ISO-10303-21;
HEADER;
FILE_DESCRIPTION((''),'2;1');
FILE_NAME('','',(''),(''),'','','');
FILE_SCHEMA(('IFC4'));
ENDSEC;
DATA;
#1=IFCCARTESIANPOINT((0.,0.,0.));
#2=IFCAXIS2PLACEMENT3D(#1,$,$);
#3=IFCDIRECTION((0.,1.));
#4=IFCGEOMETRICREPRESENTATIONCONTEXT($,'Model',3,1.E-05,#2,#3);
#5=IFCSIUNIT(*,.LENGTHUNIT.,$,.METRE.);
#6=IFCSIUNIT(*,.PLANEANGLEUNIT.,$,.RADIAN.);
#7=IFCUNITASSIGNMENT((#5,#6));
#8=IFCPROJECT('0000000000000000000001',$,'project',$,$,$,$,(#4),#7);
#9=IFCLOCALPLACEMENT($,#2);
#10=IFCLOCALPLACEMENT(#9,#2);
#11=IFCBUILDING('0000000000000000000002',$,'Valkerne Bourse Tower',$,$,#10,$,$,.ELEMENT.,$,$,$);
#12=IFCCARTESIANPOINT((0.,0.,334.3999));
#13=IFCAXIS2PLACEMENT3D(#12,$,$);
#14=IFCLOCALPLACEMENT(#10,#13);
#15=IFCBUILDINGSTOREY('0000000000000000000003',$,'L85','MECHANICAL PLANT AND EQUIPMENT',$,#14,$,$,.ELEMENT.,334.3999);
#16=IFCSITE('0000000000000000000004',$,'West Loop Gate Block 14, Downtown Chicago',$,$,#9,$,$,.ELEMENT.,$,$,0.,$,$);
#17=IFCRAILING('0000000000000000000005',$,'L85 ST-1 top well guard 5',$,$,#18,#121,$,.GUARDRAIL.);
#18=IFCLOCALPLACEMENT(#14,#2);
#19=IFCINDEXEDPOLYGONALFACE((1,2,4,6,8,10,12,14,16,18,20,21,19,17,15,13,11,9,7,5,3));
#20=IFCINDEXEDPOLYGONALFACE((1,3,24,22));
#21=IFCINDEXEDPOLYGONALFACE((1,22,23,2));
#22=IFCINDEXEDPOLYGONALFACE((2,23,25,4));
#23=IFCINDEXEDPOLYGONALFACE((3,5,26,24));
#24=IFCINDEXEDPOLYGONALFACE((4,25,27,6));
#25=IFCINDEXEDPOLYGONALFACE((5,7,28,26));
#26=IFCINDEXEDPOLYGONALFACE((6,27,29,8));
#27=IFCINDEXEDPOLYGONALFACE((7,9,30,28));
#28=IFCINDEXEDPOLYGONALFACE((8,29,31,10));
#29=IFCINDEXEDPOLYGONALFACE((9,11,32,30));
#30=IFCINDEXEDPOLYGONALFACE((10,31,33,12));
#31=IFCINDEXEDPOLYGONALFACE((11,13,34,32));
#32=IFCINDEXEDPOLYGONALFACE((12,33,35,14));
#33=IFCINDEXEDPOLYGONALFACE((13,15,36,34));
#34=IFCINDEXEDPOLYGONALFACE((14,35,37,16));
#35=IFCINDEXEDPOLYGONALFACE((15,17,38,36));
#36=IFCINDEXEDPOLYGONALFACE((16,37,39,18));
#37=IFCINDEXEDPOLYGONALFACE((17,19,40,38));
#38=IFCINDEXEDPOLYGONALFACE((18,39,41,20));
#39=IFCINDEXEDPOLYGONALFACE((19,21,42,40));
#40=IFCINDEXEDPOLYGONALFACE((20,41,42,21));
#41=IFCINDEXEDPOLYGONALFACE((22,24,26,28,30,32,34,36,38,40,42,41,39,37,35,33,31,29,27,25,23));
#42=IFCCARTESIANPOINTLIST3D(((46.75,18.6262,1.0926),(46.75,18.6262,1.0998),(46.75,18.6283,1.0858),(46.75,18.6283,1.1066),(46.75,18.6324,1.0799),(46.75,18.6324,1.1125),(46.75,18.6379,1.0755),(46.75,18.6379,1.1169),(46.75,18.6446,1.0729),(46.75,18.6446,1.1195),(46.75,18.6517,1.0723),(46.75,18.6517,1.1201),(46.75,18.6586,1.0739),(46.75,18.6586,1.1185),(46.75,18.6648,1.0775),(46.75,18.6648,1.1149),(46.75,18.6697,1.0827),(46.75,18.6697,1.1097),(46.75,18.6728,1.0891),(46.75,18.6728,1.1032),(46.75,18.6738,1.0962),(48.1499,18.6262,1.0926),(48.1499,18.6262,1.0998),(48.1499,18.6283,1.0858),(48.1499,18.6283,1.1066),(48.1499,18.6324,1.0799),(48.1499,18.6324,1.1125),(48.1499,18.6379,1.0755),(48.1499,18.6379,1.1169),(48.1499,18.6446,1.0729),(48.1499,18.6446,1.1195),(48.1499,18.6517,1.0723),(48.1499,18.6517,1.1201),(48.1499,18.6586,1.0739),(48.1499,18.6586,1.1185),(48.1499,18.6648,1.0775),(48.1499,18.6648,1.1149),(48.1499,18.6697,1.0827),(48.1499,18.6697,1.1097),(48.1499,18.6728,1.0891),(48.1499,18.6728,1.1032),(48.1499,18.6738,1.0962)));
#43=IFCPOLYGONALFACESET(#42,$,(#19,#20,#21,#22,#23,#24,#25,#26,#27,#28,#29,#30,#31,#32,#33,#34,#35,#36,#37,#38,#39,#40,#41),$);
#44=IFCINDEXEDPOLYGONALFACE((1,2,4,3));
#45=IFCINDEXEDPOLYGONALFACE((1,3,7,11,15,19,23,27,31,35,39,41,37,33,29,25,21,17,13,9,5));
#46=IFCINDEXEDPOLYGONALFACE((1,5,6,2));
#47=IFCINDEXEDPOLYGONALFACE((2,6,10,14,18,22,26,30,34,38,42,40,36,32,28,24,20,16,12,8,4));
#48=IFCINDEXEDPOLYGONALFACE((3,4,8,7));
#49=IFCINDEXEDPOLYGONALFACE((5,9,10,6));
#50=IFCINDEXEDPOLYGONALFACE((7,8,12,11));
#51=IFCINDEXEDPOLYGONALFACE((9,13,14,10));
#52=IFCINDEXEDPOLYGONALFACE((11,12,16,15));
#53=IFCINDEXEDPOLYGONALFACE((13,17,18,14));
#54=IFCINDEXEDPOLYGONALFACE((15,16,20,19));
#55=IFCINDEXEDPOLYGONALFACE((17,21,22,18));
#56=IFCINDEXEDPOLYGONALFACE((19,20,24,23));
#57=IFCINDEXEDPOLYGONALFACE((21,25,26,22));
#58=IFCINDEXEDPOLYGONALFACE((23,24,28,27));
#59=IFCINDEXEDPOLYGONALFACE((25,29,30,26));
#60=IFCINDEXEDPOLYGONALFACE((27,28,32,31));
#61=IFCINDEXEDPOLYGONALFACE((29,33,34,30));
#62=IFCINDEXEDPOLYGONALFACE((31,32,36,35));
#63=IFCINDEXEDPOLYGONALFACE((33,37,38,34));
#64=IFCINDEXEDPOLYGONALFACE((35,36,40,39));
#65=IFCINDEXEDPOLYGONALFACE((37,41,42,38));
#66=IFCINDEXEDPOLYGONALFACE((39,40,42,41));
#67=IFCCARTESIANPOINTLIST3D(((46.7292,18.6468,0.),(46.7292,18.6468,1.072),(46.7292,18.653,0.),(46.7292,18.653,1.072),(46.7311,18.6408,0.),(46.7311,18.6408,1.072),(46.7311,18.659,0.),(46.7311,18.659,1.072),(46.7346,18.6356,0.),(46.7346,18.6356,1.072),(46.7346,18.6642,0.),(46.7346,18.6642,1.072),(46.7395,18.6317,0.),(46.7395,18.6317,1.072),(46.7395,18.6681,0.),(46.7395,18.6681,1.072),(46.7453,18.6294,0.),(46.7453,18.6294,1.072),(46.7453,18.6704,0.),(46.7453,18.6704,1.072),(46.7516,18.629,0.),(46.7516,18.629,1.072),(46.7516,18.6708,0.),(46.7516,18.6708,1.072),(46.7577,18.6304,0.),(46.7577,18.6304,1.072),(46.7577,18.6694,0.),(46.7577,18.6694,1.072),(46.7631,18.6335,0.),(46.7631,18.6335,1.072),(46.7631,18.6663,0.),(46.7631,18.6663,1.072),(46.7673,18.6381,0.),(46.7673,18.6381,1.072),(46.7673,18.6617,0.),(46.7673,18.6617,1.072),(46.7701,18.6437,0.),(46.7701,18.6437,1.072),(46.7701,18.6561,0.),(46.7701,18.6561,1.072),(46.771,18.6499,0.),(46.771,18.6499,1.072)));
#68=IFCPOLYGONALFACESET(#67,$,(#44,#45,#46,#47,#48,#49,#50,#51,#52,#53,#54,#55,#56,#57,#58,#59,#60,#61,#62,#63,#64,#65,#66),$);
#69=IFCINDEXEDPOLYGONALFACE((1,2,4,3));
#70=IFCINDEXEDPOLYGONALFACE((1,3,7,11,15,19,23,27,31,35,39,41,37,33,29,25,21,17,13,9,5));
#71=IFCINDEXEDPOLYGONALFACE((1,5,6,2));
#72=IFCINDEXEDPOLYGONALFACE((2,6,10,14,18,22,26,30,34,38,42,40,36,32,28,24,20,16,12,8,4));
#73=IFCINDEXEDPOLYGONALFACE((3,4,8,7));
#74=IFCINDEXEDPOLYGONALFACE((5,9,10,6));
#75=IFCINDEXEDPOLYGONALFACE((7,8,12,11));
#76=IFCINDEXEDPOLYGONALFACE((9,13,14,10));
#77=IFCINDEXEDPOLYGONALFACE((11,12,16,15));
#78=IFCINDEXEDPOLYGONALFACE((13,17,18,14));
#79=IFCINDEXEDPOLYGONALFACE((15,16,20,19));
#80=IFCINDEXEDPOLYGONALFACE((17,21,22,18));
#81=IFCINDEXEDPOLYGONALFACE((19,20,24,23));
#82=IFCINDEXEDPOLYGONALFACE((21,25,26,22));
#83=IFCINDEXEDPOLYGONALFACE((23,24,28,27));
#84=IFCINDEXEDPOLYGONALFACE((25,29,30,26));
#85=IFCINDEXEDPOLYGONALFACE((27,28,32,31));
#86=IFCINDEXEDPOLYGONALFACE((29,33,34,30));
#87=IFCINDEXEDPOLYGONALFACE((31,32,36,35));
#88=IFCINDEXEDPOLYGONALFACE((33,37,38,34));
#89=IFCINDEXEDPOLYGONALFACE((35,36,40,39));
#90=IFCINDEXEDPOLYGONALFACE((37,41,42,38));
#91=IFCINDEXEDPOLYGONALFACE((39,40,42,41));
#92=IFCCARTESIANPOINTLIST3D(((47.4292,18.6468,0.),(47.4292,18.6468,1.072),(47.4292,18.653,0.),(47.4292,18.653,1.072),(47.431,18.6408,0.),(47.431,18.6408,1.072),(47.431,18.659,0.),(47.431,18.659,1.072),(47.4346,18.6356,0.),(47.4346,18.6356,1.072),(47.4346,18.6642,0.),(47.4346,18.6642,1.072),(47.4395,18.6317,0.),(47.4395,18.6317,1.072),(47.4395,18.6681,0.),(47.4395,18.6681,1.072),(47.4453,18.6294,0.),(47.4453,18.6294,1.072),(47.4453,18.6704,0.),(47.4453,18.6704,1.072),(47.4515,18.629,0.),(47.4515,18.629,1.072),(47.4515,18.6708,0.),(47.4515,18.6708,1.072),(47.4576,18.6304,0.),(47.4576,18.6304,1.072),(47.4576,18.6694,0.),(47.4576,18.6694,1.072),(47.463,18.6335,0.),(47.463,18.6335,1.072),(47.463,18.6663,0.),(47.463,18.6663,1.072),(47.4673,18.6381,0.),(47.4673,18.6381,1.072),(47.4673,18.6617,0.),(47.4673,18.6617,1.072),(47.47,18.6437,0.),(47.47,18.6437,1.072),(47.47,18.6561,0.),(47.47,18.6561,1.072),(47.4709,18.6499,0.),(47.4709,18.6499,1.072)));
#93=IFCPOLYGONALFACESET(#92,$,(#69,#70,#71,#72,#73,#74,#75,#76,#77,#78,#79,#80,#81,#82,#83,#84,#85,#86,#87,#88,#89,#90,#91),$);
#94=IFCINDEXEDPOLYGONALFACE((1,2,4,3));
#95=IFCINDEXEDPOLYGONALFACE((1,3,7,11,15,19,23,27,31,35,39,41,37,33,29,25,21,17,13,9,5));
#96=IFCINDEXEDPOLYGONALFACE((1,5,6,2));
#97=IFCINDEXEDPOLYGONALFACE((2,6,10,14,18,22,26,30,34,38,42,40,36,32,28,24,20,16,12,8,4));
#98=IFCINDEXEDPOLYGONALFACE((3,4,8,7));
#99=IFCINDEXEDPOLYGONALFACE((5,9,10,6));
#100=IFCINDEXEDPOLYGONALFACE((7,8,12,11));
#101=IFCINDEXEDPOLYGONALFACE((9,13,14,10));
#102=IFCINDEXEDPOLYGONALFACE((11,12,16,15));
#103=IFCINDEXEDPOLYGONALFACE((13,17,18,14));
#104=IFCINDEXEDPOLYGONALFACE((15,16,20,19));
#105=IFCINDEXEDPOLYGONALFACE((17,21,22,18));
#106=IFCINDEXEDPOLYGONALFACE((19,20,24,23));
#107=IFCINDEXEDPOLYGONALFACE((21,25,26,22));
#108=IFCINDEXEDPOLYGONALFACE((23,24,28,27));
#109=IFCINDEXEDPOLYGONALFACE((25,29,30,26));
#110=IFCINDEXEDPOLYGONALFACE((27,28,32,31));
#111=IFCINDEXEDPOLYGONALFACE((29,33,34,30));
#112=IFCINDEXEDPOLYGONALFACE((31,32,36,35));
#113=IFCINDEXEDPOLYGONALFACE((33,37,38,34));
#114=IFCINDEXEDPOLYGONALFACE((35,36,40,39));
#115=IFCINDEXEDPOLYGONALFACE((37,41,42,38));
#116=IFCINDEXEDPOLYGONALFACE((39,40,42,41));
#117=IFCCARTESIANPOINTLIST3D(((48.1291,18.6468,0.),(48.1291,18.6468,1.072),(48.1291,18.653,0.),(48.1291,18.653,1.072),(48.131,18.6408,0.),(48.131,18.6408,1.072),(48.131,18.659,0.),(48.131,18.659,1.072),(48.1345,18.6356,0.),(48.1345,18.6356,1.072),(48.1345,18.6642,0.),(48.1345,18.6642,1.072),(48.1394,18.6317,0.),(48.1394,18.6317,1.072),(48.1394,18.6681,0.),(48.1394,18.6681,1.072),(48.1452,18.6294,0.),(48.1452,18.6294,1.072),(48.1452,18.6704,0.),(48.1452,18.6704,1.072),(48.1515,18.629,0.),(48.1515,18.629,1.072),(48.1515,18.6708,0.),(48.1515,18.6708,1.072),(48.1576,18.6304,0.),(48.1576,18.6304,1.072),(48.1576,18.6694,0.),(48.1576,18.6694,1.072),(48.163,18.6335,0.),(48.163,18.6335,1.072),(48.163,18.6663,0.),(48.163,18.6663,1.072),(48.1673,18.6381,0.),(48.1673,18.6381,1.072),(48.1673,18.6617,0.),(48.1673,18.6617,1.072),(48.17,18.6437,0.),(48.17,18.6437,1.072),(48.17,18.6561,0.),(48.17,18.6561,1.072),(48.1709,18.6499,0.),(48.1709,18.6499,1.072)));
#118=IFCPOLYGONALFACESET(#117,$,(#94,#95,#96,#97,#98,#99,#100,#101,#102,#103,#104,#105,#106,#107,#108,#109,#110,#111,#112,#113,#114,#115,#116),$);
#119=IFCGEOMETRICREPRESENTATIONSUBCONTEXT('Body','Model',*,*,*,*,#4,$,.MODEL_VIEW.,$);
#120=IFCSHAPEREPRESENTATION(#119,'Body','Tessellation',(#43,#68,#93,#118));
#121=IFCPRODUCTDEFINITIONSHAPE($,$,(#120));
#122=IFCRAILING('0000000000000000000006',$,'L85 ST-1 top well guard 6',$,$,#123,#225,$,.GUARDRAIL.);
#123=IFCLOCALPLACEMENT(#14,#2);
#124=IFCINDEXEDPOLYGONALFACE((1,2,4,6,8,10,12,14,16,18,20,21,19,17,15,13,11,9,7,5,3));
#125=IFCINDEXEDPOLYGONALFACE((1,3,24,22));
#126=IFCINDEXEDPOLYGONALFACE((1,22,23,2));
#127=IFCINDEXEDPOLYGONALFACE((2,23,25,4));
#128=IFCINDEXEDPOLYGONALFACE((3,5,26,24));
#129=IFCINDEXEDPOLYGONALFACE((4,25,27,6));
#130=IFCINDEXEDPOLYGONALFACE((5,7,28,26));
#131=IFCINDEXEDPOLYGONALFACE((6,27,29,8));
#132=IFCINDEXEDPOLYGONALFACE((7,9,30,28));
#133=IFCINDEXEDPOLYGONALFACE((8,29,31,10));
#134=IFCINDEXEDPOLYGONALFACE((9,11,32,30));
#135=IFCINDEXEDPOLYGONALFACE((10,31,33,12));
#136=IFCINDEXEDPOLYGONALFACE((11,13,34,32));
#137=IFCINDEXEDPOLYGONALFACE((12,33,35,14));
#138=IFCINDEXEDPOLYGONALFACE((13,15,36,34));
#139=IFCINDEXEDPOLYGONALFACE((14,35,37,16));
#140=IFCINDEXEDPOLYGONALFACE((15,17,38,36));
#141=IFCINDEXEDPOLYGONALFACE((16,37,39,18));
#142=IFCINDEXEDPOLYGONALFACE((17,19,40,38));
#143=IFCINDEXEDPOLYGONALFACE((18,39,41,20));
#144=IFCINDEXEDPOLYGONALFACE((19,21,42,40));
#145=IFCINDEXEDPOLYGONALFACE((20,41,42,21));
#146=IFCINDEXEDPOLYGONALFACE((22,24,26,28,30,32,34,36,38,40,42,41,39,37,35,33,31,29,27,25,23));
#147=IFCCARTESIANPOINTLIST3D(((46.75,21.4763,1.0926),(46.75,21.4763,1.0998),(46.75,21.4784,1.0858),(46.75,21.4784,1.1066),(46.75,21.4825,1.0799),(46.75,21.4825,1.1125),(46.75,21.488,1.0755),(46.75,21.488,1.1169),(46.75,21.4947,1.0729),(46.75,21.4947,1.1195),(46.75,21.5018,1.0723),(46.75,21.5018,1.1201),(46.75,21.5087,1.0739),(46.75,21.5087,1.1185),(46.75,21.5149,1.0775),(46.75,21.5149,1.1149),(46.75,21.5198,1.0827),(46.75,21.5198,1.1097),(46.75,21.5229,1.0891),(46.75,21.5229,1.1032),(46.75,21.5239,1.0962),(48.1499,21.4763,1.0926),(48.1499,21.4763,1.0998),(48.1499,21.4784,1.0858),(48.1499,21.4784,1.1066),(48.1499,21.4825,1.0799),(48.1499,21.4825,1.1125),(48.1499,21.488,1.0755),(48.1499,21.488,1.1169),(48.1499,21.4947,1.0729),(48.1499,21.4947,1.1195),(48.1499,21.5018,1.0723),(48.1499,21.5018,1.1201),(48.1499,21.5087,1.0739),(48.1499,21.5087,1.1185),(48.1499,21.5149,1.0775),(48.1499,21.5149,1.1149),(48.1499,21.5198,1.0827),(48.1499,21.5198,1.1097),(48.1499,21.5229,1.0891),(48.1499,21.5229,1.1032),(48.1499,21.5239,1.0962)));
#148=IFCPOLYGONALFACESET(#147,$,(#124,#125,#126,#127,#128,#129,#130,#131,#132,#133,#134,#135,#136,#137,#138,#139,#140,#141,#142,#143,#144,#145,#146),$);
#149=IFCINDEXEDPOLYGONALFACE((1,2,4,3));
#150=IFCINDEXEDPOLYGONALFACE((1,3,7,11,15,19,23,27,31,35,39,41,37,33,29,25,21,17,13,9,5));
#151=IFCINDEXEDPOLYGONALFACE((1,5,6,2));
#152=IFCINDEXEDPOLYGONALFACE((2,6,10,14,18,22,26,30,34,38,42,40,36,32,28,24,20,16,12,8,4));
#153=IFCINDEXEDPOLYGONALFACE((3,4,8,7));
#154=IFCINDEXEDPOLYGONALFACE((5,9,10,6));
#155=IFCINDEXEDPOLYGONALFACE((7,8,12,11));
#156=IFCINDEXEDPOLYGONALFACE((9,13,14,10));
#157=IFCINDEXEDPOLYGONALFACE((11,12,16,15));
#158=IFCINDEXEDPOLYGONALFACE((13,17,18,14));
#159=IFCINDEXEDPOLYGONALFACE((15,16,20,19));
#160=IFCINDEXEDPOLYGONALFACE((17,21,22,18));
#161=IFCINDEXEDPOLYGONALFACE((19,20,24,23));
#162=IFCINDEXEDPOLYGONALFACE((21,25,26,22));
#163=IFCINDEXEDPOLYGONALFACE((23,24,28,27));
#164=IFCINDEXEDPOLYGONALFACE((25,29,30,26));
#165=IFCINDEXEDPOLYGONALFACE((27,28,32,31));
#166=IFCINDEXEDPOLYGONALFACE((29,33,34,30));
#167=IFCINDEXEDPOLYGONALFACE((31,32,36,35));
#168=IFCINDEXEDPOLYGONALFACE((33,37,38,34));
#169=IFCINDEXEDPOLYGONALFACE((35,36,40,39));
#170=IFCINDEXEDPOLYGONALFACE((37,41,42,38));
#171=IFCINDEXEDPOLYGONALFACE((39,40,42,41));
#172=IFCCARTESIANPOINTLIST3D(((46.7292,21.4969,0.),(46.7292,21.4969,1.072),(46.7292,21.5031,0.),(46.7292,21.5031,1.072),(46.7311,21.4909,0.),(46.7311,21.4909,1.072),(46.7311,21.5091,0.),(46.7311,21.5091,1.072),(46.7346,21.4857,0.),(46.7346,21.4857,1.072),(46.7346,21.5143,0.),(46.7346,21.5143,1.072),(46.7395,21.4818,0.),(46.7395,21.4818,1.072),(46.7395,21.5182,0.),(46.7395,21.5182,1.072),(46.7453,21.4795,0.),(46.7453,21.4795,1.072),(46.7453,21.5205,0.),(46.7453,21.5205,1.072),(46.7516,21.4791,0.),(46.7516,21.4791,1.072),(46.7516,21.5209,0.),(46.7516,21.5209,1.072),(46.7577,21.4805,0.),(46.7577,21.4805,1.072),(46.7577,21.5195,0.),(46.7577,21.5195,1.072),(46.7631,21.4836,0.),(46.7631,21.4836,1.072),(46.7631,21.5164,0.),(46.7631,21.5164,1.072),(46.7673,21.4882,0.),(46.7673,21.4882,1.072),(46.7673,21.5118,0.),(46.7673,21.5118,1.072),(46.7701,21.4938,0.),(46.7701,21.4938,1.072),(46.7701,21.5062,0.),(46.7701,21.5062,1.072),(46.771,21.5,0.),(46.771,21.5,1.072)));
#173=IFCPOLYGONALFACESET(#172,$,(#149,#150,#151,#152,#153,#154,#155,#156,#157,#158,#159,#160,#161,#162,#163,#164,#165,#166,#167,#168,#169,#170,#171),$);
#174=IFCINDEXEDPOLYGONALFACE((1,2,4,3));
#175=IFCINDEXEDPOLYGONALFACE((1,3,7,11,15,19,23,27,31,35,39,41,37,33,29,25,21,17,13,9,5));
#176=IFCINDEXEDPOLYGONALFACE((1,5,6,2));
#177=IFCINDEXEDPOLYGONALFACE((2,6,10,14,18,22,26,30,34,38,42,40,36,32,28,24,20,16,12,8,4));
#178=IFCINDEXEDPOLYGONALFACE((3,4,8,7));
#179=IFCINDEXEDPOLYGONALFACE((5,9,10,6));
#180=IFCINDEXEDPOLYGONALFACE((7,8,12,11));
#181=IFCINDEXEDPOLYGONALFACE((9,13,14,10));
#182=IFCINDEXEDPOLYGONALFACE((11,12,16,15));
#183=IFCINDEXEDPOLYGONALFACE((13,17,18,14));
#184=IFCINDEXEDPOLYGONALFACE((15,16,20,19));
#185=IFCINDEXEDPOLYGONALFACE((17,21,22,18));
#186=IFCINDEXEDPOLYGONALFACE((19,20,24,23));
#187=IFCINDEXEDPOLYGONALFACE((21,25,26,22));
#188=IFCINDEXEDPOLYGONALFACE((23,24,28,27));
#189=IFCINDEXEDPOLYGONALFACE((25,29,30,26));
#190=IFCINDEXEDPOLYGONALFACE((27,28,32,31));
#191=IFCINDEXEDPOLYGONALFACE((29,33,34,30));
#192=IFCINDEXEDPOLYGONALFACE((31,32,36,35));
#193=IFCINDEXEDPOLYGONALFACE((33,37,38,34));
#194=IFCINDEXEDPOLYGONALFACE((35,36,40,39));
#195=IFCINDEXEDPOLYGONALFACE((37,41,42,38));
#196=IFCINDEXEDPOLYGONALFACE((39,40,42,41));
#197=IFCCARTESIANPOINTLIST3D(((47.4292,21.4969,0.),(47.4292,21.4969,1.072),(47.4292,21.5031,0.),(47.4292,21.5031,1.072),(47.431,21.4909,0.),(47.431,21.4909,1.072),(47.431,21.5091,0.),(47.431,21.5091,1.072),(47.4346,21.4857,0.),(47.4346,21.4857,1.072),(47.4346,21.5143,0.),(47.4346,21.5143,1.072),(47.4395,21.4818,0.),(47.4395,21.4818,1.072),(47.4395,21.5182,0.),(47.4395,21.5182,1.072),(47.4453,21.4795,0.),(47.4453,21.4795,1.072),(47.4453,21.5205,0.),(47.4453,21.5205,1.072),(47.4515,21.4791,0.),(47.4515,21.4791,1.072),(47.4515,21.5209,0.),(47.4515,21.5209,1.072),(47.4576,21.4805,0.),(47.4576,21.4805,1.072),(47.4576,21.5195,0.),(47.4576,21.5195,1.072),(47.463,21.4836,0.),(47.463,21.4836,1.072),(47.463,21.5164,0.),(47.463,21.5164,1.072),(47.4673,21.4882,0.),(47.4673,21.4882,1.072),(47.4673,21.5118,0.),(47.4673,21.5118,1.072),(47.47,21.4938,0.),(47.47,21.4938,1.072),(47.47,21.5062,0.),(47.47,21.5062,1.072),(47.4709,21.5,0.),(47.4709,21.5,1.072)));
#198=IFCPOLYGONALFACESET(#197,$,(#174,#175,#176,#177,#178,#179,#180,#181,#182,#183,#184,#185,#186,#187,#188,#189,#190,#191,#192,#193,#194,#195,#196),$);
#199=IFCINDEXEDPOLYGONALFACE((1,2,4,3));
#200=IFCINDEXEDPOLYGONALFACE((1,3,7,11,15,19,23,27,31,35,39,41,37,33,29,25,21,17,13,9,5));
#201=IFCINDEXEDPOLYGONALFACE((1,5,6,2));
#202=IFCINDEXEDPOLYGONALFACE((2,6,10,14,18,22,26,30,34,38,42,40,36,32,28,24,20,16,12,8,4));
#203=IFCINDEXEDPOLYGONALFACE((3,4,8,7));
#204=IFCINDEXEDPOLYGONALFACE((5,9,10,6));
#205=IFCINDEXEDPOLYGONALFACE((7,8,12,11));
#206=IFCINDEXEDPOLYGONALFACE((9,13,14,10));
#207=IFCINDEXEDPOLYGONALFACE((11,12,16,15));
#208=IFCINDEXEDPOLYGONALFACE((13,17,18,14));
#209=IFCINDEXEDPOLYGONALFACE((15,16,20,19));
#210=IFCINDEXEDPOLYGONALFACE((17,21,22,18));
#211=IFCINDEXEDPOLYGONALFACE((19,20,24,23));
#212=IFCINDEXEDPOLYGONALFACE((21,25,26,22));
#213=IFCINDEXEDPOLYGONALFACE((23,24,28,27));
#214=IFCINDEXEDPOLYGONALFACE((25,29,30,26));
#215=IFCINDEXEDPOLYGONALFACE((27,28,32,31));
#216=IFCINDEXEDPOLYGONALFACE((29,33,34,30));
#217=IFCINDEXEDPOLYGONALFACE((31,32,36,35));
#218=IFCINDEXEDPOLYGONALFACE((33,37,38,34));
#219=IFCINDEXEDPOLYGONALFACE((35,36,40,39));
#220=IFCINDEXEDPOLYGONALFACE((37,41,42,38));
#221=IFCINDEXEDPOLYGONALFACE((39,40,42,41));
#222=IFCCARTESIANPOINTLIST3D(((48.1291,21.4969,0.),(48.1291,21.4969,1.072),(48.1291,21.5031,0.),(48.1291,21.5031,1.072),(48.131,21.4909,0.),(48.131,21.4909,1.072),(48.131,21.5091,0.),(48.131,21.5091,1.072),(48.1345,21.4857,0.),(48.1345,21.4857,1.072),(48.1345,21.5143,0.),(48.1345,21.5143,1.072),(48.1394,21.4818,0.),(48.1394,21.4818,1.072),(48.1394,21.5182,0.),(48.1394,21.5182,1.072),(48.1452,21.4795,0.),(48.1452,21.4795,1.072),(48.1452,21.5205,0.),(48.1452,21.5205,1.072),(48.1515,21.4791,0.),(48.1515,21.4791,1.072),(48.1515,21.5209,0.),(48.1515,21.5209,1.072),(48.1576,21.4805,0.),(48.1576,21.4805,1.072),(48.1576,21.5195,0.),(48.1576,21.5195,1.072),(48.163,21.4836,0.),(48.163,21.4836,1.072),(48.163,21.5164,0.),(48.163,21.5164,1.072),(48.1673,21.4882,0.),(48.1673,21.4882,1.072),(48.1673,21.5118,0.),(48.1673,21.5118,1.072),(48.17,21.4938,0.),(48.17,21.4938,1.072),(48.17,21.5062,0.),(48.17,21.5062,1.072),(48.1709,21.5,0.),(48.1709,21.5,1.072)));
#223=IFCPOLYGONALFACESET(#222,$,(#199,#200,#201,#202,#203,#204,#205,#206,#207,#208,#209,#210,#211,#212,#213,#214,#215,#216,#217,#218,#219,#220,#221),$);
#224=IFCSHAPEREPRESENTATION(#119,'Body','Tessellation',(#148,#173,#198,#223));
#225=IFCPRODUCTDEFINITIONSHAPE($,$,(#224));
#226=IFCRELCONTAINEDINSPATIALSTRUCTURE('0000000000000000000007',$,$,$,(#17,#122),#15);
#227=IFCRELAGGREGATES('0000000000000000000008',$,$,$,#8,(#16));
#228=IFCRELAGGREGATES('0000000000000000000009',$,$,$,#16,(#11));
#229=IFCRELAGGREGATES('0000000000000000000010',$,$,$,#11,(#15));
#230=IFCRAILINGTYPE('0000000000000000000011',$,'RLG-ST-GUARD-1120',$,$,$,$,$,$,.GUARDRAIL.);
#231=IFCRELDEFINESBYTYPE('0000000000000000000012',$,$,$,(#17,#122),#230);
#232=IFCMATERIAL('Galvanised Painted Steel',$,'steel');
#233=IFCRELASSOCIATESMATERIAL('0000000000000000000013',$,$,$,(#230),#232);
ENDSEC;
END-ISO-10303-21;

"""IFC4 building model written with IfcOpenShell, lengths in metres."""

from ifc_helpers import new_model, si_unit, direction, frame, origin, origin_2d, place, context, subcontext, project, spatial, circle, extrude, material, type_object, element, save


model = new_model("IFC4")

# Units and contexts
model_context = context("Model", 3, precision=1e-05, world=origin(), true_north=direction((0.0, 1.0)))
body_context = subcontext(model_context, "Body", "Model", "MODEL_VIEW")
ifc_project = project(units=[si_unit("LENGTHUNIT", "METRE"), si_unit("PLANEANGLEUNIT", "RADIAN")], contexts=[model_context])

# Site, building, storey
site_placement = place(None, origin())
site = spatial("IfcSite", under=ifc_project, at=site_placement, Name="West Loop Gate Block 14, Downtown Chicago", CompositionType="ELEMENT", RefElevation=0.0)
building_placement = place(site_placement, origin())
building = spatial("IfcBuilding", under=site, at=building_placement, Name="Valkerne Bourse Tower", CompositionType="ELEMENT")
storey_placement = place(building_placement, frame((0.0, 0.0, 334.3999)))
storey = spatial("IfcBuildingStorey", under=building, at=storey_placement, Name="L85", Description="MECHANICAL PLANT AND EQUIPMENT", CompositionType="ELEMENT", Elevation=334.3999)

# Shared definitions
ifc_material_1 = material(Name="Galvanised Painted Steel", Category="steel")

# Railings
railing_type = type_object("IfcRailingType", Name="RLG-ST-GUARD-1120", PredefinedType="GUARDRAIL", material=ifc_material_1)
for number, where, name in (
    (1, (46.75, 18.6499, 0.0), "L85 ST-1 top well guard 5"),
    (2, (46.75, 21.5, 0.0), "L85 ST-1 top well guard 6"),
):
    element("IfcRailing", number, at=place(storey_placement, frame(where)), inside=storey, type_object=railing_type, Name=name, PredefinedType="GUARDRAIL", context=body_context, shape_type="SweptSolid", body=[
        extrude(circle(Radius=0.0239, at=origin_2d()), frame((0.0, 0.0, 1.0962), z_axis=(1.0, 0.0, 0.0), x_axis=(0.0, 1.0, 0.0)), (0.0, 0.0, 1.0), 1.3999),
        extrude(circle(Radius=0.021, at=origin_2d()), origin(), (0.0, 0.0, 1.0), 1.072),
        extrude(circle(Radius=0.021, at=origin_2d()), frame((0.7, 0.0, 0.0)), (0.0, 0.0, 1.0), 1.072),
        extrude(circle(Radius=0.021, at=origin_2d()), frame((1.3999, 0.0, 0.0)), (0.0, 0.0, 1.0), 1.072),
    ])

save(model, "model.ifc")
